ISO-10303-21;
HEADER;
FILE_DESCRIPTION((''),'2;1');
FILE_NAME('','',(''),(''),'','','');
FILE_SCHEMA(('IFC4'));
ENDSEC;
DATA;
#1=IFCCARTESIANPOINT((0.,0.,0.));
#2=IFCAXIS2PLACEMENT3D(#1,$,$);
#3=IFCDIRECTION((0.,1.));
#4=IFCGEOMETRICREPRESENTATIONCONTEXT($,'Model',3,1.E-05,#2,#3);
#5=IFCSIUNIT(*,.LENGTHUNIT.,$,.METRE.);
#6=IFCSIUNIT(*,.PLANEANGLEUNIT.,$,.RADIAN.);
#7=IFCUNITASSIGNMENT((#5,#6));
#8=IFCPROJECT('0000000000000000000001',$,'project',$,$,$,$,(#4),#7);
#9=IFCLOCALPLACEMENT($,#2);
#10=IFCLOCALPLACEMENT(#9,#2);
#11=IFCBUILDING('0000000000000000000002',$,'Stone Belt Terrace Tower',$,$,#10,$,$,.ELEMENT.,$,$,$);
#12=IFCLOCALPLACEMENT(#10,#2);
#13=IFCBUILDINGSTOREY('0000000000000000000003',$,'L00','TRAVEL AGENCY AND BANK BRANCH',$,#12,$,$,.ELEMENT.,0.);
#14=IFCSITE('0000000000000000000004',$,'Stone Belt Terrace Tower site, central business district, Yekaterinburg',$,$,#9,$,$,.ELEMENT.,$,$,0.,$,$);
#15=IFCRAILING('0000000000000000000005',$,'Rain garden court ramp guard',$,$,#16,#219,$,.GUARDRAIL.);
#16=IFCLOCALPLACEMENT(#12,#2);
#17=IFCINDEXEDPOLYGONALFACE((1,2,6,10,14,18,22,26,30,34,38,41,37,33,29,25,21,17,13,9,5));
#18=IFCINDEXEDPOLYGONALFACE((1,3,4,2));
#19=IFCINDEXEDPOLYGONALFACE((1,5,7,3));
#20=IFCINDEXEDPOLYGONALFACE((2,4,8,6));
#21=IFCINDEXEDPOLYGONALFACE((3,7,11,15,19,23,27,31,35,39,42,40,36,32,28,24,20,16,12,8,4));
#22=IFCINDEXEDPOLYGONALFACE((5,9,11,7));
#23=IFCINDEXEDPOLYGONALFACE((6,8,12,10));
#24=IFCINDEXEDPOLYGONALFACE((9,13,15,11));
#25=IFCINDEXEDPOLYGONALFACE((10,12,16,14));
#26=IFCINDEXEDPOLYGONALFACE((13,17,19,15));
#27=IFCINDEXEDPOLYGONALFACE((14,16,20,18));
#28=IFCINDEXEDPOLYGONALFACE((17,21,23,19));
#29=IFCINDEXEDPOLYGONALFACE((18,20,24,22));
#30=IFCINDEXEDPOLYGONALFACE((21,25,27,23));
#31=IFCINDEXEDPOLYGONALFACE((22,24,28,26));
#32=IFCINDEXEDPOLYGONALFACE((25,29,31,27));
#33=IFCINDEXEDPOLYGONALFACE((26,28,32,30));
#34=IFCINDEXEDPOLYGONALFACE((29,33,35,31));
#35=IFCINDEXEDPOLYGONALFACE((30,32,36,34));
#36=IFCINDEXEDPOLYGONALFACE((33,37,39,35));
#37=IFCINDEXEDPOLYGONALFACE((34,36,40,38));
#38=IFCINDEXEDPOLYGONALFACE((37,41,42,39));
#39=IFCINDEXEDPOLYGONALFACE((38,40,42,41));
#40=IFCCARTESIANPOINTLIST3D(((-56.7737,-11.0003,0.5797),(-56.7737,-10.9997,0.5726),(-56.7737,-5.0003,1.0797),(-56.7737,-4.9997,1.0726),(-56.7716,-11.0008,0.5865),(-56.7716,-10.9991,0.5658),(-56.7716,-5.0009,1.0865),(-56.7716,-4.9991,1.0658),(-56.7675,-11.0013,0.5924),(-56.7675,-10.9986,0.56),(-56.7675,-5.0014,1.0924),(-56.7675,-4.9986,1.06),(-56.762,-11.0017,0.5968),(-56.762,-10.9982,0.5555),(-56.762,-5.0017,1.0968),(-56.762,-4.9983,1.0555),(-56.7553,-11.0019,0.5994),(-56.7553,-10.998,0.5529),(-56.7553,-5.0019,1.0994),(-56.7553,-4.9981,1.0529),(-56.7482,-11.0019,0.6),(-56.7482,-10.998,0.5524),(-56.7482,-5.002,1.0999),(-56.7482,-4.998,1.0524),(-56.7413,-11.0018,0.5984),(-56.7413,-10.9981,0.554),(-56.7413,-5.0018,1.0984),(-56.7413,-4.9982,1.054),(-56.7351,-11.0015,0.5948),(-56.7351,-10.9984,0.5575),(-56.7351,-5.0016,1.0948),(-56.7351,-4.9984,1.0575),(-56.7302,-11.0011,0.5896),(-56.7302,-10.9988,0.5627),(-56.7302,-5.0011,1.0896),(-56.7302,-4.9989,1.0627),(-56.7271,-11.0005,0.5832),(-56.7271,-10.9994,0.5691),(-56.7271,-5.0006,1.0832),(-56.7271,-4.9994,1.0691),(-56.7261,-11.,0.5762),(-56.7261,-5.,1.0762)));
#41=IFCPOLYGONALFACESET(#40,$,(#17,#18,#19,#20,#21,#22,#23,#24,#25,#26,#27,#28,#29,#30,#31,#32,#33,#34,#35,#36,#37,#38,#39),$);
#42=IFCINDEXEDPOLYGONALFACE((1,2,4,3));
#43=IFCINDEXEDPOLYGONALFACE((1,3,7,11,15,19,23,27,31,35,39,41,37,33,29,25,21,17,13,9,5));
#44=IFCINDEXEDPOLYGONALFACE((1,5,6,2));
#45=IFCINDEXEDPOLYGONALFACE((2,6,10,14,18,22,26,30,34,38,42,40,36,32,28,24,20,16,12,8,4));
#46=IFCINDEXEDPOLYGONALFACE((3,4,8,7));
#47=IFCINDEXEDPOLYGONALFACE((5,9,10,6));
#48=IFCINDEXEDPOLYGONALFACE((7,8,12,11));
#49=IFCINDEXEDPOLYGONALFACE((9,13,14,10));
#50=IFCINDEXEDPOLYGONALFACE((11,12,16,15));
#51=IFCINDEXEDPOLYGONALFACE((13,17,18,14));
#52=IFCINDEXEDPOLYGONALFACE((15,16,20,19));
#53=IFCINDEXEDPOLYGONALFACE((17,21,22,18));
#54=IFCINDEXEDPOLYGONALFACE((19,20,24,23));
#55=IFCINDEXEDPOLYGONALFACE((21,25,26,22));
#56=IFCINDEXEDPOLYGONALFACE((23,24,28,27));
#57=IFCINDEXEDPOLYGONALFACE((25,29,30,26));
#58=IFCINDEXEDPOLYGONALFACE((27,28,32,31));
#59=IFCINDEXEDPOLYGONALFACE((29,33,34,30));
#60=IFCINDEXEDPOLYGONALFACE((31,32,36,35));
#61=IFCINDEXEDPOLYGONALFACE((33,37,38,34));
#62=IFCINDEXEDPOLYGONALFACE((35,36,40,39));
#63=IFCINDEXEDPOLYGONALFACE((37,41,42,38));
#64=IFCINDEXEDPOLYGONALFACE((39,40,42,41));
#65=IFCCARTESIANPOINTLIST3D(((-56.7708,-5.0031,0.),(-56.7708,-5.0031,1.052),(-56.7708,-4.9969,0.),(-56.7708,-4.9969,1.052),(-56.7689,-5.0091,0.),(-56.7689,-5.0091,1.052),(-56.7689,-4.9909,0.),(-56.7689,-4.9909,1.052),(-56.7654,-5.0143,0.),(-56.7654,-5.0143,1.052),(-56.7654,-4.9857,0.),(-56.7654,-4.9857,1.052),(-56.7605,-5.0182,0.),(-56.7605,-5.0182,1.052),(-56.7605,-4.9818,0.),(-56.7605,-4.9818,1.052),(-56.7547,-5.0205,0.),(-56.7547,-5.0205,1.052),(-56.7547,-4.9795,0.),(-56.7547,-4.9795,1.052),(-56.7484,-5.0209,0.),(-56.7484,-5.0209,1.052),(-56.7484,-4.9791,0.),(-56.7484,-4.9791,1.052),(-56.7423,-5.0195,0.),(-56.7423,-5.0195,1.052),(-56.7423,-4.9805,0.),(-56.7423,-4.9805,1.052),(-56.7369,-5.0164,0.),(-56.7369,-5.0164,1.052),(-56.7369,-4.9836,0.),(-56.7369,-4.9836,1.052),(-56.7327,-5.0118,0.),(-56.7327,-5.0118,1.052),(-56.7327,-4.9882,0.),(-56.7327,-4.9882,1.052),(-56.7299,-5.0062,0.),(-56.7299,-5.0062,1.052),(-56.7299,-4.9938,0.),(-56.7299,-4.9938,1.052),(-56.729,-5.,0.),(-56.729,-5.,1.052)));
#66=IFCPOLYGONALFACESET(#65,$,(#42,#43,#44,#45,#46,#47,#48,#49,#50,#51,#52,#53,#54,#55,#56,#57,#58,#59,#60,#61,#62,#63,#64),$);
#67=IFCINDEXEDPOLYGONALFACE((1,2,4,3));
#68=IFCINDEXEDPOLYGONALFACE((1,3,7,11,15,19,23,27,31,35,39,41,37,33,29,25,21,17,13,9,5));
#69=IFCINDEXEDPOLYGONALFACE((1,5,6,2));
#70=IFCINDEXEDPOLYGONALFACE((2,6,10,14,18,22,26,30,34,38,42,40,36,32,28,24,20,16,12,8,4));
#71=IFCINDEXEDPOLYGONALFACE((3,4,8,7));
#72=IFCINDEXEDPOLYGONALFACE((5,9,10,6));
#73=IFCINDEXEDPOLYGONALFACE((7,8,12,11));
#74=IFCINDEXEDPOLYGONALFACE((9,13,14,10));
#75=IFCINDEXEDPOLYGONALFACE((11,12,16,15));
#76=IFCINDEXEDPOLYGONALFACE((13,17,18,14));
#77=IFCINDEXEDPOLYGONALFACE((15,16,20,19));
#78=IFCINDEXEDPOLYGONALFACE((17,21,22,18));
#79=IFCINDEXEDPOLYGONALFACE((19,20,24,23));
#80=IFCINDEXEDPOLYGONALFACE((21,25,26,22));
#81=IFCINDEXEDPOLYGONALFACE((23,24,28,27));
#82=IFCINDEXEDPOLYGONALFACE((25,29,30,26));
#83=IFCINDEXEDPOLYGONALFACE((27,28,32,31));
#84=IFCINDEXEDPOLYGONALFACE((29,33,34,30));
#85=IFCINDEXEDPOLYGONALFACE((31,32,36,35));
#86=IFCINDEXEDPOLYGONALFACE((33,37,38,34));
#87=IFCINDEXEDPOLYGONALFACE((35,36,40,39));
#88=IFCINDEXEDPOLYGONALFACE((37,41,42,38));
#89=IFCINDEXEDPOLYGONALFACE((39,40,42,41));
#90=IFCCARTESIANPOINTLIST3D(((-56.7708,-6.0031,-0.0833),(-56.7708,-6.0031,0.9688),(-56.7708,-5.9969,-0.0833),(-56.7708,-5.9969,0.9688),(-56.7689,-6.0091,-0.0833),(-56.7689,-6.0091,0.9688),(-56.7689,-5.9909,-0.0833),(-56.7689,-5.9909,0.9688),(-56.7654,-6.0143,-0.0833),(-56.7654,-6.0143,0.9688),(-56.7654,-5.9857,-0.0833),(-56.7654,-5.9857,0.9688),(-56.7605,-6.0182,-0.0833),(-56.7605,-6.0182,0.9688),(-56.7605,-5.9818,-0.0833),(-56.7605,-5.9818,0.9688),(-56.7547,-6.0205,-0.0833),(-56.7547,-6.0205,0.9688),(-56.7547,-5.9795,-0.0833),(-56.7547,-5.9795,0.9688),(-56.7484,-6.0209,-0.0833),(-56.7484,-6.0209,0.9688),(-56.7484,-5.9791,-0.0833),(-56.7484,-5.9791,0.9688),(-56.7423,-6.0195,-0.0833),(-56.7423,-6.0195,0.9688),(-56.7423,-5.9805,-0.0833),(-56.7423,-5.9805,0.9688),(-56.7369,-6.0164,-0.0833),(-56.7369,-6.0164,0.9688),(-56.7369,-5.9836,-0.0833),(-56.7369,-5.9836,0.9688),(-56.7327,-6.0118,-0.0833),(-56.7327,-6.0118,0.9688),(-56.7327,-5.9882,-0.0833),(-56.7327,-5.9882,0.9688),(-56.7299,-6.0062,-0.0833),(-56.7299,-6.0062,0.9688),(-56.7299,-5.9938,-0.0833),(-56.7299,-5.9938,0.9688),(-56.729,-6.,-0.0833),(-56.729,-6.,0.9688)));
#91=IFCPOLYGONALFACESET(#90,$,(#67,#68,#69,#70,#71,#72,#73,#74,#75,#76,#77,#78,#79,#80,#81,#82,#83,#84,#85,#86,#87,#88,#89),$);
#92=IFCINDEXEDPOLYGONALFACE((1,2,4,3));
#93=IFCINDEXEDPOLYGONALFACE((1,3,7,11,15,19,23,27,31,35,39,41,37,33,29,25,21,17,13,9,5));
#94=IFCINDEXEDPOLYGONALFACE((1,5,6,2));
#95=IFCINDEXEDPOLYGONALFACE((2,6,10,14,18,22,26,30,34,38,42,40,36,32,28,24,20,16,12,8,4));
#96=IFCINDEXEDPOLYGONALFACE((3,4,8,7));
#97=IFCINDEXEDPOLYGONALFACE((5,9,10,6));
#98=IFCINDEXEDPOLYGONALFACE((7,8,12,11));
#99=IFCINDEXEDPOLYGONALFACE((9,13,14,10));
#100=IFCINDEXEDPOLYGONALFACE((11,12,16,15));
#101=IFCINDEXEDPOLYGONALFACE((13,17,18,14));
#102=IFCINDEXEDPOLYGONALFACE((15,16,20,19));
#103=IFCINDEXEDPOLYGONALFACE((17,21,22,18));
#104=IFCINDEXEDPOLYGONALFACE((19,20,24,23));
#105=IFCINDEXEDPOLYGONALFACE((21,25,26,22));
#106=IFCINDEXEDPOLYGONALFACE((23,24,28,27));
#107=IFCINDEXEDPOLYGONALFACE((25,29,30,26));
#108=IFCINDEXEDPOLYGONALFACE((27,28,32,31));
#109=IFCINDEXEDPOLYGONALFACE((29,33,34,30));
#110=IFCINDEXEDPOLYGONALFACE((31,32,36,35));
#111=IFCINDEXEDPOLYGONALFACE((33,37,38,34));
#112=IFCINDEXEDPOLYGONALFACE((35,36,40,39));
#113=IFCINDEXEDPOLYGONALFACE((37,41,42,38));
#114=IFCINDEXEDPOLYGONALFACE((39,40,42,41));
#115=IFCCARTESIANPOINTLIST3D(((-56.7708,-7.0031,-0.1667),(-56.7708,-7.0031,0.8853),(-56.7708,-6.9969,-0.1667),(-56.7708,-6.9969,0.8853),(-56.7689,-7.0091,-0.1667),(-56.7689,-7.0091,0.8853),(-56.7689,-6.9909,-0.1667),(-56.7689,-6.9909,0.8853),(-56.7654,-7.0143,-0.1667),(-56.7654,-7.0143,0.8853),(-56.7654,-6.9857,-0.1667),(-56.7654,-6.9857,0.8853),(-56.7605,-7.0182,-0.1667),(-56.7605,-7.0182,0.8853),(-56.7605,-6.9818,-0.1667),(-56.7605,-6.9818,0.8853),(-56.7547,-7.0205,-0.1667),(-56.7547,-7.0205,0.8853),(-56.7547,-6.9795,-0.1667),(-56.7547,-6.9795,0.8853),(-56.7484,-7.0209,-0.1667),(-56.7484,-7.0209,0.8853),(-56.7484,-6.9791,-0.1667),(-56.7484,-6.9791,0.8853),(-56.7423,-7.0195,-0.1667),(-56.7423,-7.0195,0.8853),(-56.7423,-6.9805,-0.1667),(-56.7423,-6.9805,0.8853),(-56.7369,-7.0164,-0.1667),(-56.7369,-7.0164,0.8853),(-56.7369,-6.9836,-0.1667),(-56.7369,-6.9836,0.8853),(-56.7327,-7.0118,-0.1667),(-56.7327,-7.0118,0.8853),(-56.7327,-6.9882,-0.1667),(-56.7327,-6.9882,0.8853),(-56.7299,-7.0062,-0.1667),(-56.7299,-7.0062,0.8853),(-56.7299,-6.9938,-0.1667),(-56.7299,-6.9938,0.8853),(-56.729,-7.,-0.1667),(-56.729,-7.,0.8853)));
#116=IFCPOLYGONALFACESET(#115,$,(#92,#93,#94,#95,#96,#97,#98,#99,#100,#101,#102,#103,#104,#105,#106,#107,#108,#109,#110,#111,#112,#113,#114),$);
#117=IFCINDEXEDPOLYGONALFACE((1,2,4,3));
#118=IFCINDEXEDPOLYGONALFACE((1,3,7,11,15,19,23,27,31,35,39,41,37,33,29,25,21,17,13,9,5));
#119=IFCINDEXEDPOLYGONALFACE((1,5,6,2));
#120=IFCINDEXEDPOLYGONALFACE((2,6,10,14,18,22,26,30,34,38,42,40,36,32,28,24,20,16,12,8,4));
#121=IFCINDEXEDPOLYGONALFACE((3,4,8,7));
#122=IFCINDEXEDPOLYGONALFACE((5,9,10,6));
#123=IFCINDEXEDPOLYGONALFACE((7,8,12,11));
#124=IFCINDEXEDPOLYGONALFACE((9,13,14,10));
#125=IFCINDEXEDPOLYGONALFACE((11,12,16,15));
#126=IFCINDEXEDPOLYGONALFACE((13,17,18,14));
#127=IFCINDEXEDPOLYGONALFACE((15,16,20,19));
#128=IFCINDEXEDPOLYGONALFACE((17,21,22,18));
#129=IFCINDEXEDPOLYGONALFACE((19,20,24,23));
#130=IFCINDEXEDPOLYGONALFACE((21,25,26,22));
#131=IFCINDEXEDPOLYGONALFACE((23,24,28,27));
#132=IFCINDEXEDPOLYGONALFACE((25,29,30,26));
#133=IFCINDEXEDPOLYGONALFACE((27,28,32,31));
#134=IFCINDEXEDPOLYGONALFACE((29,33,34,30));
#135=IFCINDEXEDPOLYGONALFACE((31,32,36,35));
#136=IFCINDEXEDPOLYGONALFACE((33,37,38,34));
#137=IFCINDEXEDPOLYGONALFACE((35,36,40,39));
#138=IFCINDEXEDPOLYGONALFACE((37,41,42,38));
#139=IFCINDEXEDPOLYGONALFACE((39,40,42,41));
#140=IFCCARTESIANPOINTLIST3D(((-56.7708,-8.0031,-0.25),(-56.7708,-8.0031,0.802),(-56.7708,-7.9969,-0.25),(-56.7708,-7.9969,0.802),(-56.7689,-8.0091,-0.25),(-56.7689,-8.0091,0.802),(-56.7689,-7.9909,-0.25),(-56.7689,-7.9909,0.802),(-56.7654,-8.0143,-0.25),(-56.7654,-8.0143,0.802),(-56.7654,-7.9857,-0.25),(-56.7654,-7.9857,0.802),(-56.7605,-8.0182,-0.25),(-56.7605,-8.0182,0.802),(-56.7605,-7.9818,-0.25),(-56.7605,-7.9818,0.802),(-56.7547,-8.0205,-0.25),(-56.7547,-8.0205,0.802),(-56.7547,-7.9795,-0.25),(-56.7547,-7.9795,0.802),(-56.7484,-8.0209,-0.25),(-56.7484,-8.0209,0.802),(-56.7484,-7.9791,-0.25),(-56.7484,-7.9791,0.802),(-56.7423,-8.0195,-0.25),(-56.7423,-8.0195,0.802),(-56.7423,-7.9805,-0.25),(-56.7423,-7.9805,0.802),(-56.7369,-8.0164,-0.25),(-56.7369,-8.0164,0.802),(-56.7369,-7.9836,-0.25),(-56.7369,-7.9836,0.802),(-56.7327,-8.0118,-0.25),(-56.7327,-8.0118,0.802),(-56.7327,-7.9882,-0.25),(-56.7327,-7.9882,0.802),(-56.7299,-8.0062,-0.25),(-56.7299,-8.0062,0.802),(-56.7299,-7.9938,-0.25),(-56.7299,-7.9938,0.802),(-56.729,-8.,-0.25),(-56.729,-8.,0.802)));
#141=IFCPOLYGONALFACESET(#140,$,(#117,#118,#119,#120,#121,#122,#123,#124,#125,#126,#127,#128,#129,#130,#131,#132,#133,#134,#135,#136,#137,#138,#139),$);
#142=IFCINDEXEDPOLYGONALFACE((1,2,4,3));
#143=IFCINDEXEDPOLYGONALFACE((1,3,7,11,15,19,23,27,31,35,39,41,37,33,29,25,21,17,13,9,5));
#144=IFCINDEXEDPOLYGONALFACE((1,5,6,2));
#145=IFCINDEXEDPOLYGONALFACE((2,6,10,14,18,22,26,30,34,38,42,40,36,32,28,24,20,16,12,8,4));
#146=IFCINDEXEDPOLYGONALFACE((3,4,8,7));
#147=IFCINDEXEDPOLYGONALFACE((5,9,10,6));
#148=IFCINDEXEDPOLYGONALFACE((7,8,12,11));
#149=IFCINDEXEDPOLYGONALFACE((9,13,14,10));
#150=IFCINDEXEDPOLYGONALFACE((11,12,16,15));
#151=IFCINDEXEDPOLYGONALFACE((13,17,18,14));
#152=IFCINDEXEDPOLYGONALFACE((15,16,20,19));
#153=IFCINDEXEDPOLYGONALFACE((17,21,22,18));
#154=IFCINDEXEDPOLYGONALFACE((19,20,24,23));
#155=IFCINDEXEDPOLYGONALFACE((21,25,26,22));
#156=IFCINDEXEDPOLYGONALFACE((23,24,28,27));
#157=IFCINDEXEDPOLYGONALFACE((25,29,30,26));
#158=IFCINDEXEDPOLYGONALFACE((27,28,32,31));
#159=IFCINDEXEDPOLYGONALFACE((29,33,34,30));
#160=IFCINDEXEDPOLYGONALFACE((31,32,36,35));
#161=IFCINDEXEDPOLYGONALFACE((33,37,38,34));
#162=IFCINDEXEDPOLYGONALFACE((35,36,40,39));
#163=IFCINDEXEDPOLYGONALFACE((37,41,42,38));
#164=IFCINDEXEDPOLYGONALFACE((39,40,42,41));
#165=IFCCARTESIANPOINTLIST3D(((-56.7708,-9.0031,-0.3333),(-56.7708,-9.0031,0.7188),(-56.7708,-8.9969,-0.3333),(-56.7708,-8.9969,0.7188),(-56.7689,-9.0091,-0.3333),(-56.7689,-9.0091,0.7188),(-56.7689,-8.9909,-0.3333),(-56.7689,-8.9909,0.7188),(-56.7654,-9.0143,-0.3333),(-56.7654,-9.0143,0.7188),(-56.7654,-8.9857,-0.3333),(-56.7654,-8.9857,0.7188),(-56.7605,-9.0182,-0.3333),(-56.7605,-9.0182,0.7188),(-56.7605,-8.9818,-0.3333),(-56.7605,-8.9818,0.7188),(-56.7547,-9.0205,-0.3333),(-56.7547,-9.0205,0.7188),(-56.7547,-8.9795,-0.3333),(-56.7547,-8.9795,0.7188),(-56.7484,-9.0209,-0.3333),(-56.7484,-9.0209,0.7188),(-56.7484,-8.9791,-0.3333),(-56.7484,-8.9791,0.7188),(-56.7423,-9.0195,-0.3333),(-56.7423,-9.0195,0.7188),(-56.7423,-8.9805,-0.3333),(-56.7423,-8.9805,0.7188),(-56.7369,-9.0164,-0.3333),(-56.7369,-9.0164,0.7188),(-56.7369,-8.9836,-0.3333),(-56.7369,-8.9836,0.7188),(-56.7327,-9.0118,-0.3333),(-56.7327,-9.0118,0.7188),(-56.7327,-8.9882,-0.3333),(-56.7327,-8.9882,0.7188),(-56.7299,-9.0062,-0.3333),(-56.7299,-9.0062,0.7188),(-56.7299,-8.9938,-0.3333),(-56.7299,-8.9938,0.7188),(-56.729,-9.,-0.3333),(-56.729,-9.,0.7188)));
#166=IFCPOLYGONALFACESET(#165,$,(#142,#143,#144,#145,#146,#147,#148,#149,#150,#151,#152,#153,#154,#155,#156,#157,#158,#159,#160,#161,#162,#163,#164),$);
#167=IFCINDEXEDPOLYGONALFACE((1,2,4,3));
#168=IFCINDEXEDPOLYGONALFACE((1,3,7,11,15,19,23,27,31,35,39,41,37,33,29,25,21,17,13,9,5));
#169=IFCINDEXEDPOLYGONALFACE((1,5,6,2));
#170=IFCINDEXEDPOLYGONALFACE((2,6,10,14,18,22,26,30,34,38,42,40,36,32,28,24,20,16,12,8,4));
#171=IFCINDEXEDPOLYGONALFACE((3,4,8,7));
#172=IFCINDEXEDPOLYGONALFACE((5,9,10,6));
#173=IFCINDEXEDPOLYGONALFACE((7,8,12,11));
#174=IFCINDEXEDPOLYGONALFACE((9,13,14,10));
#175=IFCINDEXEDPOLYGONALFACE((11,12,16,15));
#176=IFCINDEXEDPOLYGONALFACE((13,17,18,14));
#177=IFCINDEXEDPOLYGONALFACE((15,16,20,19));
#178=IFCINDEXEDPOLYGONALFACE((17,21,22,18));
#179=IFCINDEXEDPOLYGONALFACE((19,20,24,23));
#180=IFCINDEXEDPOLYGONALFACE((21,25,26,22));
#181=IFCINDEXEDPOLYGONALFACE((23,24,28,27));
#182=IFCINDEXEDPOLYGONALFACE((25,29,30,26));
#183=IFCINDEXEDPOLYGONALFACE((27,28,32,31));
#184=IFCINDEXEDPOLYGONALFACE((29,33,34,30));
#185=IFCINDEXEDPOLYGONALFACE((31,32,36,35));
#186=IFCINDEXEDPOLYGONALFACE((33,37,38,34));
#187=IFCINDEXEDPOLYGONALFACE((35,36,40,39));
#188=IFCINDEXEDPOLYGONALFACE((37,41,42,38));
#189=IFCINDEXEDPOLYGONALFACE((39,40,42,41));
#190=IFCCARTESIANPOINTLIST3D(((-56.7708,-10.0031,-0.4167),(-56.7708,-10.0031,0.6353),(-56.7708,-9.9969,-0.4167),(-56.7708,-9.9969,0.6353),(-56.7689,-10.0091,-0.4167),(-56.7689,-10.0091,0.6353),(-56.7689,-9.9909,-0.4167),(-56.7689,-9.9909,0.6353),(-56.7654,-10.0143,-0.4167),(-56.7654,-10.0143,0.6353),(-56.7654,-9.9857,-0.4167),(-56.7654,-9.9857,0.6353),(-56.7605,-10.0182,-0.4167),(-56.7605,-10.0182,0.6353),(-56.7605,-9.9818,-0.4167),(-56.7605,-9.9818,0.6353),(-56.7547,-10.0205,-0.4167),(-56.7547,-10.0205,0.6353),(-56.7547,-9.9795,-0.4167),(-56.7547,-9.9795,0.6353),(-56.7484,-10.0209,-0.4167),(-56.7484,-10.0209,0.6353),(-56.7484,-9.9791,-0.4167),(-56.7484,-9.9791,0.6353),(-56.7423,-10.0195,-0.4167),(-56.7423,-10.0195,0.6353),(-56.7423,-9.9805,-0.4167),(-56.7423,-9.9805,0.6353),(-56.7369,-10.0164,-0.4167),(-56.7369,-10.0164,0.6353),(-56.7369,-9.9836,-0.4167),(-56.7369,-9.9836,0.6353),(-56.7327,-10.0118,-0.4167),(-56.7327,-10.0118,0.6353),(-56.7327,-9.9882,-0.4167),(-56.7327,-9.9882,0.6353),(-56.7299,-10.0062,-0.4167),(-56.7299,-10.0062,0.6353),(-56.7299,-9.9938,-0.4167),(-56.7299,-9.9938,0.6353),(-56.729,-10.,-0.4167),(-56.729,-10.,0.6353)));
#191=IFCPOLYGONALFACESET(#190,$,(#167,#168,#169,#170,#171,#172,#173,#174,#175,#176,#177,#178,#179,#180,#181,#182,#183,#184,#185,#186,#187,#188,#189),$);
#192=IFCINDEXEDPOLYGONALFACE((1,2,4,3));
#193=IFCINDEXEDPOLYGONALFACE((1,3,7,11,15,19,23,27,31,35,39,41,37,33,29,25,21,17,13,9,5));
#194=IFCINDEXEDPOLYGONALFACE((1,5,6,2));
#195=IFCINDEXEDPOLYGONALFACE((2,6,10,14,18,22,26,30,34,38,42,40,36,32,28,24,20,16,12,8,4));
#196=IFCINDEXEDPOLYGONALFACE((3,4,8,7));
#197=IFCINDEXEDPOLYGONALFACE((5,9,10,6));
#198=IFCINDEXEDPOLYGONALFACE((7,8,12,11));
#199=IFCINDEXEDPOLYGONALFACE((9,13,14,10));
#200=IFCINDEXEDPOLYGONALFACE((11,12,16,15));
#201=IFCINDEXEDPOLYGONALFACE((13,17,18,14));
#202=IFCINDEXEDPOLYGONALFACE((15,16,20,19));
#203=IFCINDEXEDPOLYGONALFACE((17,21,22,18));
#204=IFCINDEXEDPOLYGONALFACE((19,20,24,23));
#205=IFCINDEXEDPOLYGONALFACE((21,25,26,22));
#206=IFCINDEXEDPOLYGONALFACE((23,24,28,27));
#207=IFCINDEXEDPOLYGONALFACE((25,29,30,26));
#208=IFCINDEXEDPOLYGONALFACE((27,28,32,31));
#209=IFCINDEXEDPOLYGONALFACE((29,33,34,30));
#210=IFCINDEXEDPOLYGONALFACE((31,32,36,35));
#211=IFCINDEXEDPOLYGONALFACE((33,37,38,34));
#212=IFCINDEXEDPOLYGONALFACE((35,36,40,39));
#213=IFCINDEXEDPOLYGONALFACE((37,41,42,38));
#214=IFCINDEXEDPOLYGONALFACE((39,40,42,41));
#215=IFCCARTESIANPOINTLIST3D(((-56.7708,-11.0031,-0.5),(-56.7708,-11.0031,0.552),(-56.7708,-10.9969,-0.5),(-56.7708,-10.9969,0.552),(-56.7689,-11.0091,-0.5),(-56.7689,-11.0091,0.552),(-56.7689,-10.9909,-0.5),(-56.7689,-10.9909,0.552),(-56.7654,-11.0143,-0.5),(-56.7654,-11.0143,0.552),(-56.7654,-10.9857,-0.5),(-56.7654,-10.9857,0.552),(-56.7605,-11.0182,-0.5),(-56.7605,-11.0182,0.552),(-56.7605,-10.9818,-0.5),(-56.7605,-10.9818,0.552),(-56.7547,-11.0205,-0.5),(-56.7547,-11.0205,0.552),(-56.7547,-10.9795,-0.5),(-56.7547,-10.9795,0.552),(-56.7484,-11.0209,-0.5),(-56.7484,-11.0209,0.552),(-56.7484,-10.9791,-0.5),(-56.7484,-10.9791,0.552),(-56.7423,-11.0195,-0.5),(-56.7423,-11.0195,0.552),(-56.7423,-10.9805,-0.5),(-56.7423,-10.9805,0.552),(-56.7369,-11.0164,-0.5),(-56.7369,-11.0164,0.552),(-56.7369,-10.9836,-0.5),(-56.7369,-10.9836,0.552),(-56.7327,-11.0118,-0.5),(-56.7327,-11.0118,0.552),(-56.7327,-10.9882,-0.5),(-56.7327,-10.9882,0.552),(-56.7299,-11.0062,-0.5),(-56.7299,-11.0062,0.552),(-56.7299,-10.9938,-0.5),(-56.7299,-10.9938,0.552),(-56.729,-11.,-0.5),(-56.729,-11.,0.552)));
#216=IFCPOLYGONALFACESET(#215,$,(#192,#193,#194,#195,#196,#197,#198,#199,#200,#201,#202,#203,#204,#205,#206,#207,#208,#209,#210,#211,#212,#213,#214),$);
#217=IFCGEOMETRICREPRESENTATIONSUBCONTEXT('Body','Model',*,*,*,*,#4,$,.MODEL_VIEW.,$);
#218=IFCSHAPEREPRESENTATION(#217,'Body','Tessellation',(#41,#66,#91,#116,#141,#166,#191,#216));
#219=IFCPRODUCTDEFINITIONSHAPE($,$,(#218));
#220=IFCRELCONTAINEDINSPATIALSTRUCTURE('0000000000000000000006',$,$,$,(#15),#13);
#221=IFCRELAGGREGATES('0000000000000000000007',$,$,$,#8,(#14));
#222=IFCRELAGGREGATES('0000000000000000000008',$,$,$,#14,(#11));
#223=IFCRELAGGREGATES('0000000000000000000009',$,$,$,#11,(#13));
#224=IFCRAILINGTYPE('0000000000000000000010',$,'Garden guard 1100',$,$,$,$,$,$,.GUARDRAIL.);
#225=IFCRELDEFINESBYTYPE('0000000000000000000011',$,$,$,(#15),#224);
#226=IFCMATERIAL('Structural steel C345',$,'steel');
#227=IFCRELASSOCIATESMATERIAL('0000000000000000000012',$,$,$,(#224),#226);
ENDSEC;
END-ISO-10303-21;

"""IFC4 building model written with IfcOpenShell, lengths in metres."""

from ifc_helpers import new_model, si_unit, direction, frame, origin, origin_2d, place, context, subcontext, project, spatial, circle, extrude, material, type_object, element, save


model = new_model("IFC4")

# Units and contexts
model_context = context("Model", 3, precision=1e-05, world=origin(), true_north=direction((0.0, 1.0)))
body_context = subcontext(model_context, "Body", "Model", "MODEL_VIEW")
ifc_project = project(units=[si_unit("LENGTHUNIT", "METRE"), si_unit("PLANEANGLEUNIT", "RADIAN")], contexts=[model_context])

# Site, building, storey
site_placement = place(None, origin())
site = spatial("IfcSite", under=ifc_project, at=site_placement, Name="Stone Belt Terrace Tower site, central business district, Yekaterinburg", CompositionType="ELEMENT", RefElevation=0.0)
building_placement = place(site_placement, origin())
building = spatial("IfcBuilding", under=site, at=building_placement, Name="Stone Belt Terrace Tower", CompositionType="ELEMENT")
storey_placement = place(building_placement, origin())
storey = spatial("IfcBuildingStorey", under=building, at=storey_placement, Name="L00", Description="TRAVEL AGENCY AND BANK BRANCH", CompositionType="ELEMENT", Elevation=0.0)

# Railing
ifc_material_1 = material(Name="Structural steel C345", Category="steel")
railing_type_1 = type_object("IfcRailingType", Name="Garden guard 1100", PredefinedType="GUARDRAIL", material=ifc_material_1)
for number, where, name in (
    (1, (-56.75, -5.0, 0.0), "Rain garden court ramp guard"),
):
    element("IfcRailing", number, at=place(storey_placement, frame(where)), inside=storey, type_object=railing_type_1, Name=name, PredefinedType="GUARDRAIL", context=body_context, shape_type="SweptSolid", body=[
        extrude(circle(Radius=0.0239, at=origin_2d()), frame((0.0, 0.0, 1.0762), z_axis=(0.0, -0.996546, -0.083045), x_axis=(1.0, 0.0, 0.0)), (0.0, 0.0, 1.0), 6.0208),
        extrude(circle(Radius=0.021, at=origin_2d()), origin(), (0.0, 0.0, 1.0), 1.052),
        extrude(circle(Radius=0.021, at=origin_2d()), frame((0.0, -1.0, -0.0833)), (0.0, 0.0, 1.0), 1.052),
        extrude(circle(Radius=0.021, at=origin_2d()), frame((0.0, -2.0, -0.1667)), (0.0, 0.0, 1.0), 1.052),
        extrude(circle(Radius=0.021, at=origin_2d()), frame((0.0, -3.0, -0.25)), (0.0, 0.0, 1.0), 1.052),
        extrude(circle(Radius=0.021, at=origin_2d()), frame((0.0, -4.0, -0.3333)), (0.0, 0.0, 1.0), 1.052),
        extrude(circle(Radius=0.021, at=origin_2d()), frame((0.0, -5.0, -0.4167)), (0.0, 0.0, 1.0), 1.052),
        extrude(circle(Radius=0.021, at=origin_2d()), frame((0.0, -6.0, -0.5)), (0.0, 0.0, 1.0), 1.052),
    ])

save(model, "model.ifc")
